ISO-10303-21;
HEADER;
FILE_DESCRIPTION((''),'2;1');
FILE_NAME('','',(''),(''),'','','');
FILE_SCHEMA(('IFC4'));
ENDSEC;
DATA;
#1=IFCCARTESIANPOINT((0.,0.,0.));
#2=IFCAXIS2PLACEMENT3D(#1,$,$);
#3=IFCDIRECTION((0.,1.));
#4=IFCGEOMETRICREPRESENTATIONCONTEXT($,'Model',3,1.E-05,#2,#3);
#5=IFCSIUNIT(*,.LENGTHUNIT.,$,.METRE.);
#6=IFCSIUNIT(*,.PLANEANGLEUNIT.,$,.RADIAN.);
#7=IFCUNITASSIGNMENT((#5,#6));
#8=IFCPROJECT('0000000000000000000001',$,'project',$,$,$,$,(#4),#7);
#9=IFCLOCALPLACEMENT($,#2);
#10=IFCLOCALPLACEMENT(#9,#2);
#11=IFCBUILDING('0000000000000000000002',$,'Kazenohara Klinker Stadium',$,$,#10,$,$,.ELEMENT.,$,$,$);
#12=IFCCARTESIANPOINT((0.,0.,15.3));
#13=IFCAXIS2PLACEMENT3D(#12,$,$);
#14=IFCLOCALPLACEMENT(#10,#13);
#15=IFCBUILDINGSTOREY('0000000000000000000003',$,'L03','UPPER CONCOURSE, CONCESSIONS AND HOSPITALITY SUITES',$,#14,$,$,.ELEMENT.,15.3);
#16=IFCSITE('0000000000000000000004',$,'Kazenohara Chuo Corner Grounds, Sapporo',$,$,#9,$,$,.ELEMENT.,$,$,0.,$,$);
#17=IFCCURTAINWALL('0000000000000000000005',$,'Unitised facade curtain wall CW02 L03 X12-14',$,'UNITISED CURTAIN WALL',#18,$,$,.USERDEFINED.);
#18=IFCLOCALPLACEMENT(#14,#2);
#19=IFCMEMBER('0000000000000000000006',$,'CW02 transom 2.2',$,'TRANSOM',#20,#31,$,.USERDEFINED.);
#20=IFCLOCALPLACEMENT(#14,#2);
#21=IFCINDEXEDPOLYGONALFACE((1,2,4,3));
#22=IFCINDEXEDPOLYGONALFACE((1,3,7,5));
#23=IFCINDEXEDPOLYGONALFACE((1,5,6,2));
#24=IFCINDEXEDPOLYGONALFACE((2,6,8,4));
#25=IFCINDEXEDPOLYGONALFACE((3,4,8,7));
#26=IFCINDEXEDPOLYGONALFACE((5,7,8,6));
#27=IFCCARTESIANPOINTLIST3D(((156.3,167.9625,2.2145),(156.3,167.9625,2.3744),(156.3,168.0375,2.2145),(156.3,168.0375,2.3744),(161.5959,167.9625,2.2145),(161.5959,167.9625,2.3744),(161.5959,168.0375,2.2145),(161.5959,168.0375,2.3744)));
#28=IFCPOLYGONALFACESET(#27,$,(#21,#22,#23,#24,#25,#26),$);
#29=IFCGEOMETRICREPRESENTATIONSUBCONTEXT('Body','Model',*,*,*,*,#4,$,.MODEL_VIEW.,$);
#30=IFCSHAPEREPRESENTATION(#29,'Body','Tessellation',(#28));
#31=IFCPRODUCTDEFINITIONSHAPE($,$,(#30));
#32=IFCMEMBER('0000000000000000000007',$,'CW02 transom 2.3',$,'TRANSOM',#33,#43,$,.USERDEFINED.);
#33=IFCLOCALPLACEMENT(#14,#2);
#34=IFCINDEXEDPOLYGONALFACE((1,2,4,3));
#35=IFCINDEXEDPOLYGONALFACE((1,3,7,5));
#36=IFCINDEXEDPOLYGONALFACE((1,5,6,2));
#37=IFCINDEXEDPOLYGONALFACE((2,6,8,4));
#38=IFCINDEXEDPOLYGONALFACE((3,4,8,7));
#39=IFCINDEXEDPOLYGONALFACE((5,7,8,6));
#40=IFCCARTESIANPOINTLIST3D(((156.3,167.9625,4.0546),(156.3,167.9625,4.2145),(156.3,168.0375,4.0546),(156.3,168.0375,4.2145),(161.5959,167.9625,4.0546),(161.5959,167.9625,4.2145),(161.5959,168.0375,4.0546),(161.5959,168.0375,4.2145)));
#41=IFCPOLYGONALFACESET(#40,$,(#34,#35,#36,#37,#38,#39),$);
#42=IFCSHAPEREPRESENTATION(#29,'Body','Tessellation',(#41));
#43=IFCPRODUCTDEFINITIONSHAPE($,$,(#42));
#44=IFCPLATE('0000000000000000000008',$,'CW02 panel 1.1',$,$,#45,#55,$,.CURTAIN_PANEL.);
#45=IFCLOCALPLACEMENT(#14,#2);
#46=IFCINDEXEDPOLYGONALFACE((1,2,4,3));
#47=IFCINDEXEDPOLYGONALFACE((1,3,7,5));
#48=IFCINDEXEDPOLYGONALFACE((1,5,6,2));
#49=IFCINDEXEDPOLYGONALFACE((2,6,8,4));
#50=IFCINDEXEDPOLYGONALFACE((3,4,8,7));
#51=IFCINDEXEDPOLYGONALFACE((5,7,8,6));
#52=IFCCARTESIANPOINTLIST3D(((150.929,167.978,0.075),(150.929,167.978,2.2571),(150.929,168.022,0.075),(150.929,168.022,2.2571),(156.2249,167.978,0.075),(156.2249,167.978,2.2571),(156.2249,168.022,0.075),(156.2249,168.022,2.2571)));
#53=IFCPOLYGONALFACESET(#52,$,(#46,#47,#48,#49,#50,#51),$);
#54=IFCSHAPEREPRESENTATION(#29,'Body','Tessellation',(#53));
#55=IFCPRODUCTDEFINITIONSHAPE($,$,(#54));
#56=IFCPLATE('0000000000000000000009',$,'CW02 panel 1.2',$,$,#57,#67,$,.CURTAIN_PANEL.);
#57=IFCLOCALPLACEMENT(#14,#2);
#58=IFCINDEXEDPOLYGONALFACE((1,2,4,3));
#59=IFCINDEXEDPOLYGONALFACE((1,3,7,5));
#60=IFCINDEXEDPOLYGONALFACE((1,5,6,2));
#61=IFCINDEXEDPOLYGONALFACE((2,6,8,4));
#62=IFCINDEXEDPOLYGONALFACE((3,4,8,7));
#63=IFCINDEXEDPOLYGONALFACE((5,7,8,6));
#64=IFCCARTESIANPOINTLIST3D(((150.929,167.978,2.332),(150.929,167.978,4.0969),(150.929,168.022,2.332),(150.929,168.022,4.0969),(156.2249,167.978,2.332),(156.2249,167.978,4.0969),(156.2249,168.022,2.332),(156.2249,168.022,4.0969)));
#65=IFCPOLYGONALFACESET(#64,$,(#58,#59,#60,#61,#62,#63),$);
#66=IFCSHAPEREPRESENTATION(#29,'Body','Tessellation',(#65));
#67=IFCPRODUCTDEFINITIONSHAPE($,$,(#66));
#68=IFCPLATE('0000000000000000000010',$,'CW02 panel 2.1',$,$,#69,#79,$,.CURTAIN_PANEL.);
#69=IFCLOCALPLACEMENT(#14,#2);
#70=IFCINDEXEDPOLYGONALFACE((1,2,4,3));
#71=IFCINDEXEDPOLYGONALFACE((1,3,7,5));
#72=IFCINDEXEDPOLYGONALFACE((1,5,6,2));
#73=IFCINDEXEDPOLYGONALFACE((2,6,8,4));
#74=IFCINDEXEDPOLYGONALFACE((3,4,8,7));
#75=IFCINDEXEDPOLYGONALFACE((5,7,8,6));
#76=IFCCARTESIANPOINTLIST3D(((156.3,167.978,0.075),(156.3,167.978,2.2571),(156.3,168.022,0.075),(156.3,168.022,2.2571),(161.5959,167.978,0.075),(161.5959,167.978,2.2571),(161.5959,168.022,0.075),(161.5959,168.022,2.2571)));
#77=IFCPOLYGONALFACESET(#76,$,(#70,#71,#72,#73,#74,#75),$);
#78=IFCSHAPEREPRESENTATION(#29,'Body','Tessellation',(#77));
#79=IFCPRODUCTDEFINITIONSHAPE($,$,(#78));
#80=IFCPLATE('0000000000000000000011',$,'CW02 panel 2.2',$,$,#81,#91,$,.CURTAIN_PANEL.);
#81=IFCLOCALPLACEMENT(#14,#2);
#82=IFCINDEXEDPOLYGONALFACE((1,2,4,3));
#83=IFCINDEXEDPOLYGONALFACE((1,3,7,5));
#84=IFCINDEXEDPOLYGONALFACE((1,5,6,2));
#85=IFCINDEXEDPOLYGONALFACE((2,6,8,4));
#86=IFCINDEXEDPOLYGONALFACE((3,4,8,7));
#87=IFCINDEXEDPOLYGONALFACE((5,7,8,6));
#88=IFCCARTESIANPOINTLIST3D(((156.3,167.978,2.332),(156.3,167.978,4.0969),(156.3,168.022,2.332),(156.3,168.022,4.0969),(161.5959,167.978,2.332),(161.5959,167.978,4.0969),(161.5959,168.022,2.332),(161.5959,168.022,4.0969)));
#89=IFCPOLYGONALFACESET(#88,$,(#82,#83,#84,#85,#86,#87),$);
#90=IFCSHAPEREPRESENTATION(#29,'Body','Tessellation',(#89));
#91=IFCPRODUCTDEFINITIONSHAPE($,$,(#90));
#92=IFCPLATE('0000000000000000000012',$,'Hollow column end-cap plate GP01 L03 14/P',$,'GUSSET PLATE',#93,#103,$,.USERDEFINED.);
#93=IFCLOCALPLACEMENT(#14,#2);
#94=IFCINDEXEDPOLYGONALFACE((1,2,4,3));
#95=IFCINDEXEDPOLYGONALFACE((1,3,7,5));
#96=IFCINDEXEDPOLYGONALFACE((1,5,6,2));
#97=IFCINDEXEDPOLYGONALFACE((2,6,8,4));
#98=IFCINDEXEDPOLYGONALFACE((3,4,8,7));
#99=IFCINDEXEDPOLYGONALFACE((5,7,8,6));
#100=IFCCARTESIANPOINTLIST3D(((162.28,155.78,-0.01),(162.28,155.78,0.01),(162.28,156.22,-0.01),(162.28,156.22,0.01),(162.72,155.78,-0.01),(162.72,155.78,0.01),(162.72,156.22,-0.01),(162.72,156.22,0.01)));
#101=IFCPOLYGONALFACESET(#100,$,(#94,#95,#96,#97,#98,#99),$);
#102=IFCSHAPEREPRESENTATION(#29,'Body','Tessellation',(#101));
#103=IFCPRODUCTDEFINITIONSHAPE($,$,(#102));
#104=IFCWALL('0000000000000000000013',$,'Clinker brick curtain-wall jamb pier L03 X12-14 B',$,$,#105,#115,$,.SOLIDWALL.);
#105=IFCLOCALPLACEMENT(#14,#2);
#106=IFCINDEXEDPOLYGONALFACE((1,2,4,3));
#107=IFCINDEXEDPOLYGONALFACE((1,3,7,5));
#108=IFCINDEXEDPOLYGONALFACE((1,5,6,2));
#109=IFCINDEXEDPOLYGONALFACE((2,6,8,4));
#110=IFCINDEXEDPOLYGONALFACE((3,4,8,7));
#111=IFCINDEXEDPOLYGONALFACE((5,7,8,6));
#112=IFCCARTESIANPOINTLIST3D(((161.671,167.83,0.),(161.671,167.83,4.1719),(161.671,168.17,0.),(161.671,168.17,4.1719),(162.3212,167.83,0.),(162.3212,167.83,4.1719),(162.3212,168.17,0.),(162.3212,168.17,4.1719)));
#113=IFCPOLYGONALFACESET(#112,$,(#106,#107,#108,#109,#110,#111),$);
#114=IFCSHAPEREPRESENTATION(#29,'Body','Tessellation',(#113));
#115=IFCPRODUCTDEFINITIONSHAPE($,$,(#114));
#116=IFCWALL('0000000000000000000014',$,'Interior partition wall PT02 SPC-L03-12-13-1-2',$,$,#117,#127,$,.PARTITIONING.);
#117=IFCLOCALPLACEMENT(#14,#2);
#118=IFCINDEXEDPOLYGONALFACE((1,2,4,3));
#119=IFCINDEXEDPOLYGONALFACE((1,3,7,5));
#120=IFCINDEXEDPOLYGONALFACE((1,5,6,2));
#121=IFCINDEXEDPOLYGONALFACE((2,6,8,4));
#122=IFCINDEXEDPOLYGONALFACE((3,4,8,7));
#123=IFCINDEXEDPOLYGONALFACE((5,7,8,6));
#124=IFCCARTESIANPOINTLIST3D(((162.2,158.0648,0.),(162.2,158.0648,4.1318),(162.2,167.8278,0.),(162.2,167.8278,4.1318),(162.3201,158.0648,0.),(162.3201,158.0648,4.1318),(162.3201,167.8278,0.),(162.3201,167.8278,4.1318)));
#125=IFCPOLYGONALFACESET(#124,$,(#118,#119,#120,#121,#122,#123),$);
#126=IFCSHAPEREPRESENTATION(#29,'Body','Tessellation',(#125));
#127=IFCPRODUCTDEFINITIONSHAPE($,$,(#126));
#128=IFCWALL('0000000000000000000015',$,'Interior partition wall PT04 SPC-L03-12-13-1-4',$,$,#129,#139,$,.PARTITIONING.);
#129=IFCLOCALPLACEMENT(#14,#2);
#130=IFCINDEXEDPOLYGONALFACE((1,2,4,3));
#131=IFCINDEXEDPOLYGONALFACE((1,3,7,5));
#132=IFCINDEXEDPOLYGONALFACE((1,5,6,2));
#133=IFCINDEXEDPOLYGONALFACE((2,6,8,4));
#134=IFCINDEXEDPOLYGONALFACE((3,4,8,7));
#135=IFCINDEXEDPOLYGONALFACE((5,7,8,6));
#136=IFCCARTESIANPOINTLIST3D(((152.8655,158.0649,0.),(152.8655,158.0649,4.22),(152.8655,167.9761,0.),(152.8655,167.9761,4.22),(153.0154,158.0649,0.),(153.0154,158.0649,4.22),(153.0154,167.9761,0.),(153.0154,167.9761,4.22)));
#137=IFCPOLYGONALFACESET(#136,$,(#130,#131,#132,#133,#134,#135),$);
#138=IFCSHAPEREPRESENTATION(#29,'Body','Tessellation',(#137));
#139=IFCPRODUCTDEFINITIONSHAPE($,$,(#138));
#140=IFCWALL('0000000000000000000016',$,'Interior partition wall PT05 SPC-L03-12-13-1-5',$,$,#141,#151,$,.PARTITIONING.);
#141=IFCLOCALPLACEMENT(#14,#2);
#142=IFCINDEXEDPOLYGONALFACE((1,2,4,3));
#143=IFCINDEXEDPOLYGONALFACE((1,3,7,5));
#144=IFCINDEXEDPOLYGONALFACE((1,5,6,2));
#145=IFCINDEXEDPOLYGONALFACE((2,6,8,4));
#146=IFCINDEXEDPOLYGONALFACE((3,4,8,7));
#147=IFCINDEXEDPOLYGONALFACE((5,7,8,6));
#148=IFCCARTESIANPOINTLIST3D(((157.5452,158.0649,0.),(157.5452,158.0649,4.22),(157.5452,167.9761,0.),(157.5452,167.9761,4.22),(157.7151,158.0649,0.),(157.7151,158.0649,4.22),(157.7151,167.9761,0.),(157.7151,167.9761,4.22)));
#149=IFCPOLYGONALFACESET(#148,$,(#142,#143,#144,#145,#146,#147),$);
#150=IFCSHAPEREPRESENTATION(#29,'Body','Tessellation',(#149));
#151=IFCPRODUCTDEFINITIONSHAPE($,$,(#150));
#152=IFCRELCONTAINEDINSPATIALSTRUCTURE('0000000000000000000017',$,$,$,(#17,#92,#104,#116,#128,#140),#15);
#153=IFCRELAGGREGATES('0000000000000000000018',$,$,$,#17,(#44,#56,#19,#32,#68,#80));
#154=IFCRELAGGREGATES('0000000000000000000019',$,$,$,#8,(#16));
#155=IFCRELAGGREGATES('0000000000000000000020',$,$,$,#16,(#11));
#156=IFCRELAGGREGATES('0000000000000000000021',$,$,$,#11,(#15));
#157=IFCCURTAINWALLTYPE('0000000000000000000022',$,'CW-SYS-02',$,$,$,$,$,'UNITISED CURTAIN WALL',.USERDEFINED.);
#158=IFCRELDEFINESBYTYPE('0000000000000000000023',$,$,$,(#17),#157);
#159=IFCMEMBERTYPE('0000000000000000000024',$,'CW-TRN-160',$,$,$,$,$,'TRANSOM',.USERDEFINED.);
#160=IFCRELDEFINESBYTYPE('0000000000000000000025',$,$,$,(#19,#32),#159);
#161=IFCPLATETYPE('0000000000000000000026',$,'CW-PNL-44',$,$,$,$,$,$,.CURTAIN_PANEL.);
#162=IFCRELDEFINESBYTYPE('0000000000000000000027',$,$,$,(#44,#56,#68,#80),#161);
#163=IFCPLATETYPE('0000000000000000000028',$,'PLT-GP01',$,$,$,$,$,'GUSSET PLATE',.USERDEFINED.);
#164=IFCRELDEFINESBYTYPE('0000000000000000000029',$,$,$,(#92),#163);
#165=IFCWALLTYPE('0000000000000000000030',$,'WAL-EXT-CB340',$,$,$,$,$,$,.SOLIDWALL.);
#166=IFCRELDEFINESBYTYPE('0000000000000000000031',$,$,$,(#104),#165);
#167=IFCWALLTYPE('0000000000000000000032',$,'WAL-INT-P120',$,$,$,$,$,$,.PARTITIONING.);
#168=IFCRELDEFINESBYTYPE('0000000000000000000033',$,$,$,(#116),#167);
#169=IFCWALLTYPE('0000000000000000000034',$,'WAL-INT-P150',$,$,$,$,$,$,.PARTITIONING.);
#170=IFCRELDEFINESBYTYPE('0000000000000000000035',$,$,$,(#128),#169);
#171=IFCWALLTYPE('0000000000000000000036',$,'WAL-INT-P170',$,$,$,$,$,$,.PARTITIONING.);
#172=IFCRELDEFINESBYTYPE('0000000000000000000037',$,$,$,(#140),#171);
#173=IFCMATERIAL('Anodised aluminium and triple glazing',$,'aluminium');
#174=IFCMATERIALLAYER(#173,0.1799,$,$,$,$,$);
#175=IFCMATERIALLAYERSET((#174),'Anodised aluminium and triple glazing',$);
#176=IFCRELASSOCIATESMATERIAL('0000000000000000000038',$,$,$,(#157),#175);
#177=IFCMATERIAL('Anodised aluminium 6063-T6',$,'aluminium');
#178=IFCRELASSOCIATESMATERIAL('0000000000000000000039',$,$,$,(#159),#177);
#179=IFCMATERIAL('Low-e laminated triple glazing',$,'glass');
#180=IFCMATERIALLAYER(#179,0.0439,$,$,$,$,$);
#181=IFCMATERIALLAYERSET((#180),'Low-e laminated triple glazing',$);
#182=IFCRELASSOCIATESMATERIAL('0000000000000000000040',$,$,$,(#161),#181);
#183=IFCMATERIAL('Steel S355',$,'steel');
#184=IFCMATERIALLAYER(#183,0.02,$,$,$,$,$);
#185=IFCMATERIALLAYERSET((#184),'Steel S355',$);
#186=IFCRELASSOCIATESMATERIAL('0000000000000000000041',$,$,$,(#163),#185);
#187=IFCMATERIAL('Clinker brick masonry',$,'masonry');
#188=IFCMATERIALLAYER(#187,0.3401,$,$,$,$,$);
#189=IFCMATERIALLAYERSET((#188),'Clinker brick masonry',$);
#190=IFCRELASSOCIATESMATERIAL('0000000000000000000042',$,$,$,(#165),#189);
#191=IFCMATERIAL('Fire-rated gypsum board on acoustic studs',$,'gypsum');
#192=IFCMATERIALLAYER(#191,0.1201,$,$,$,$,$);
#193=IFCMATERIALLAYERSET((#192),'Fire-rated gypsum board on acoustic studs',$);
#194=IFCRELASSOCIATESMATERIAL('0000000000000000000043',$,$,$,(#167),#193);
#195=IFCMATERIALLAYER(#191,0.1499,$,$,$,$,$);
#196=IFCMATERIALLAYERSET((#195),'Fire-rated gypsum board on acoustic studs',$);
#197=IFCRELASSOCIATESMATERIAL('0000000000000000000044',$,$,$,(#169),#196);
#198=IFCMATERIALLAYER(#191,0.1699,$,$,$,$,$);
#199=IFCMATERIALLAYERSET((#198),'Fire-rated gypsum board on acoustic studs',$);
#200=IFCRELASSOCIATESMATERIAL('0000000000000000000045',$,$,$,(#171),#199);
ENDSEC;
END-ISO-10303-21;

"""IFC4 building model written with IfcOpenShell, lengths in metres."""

from ifc_helpers import new_model, si_unit, direction, frame, frame_2d, origin, origin_2d, place, context, subcontext, project, spatial, rectangle, extrude, material, layer, layer_set, material_profile, profile_set, type_object, element, aggregate, save


model = new_model("IFC4")

# Units and contexts
model_context = context("Model", 3, precision=1e-05, world=origin(), true_north=direction((0.0, 1.0)))
body_context = subcontext(model_context, "Body", "Model", "MODEL_VIEW")
ifc_project = project(units=[si_unit("LENGTHUNIT", "METRE"), si_unit("PLANEANGLEUNIT", "RADIAN")], contexts=[model_context])

# Site, building, storey
site_placement = place(None, origin())
site = spatial("IfcSite", under=ifc_project, at=site_placement, Name="Kazenohara Chuo Corner Grounds, Sapporo", CompositionType="ELEMENT", RefElevation=0.0)
building_placement = place(site_placement, origin())
building = spatial("IfcBuilding", under=site, at=building_placement, Name="Kazenohara Klinker Stadium", CompositionType="ELEMENT")
storey_placement = place(building_placement, frame((0.0, 0.0, 15.3)))
storey = spatial("IfcBuildingStorey", under=building, at=storey_placement, Name="L03", Description="UPPER CONCOURSE, CONCESSIONS AND HOSPITALITY SUITES", CompositionType="ELEMENT", Elevation=15.3)

# Shared definitions
ifc_material_1 = material(Name="Steel S355", Category="steel")

# Curtain wall, members, plates
ifc_material_2 = material(Name="Anodised aluminium and triple glazing", Category="aluminium")
ifc_layer_1 = layer(ifc_material_2, 0.1799)
ifc_layer_set_1 = layer_set([ifc_layer_1], Name="Anodised aluminium and triple glazing")
curtain_wall_type = type_object("IfcCurtainWallType", Name="CW-SYS-02", ElementType="UNITISED CURTAIN WALL", PredefinedType="USERDEFINED", material=ifc_layer_set_1)
curtain_wall_placement = place(storey_placement, origin())
curtain_wall = element("IfcCurtainWall", 1, at=curtain_wall_placement, inside=storey, type_object=curtain_wall_type, Name="Unitised facade curtain wall CW02 L03 X12-14", ObjectType="UNITISED CURTAIN WALL", PredefinedType="USERDEFINED")
ifc_material_3 = material(Name="Anodised aluminium 6063-T6", Category="aluminium")
ifc_material_profile_1 = material_profile(ifc_material_3, rectangle(XDim=0.075, YDim=0.1599, at=origin_2d()), Name="ALU-TRN-75x160")
ifc_profile_set_1 = profile_set([ifc_material_profile_1], Name="Anodised aluminium 6063-T6")
member_type_1 = type_object("IfcMemberType", Name="CW-TRN-160", ElementType="TRANSOM", PredefinedType="USERDEFINED", material=ifc_profile_set_1)
member_1_placement = place(storey_placement, frame((156.3, 168.0, 2.2944), z_axis=(1.0, 0.0, 0.0), x_axis=(0.0, 1.0, 0.0)))
member_1 = element("IfcMember", 2, at=member_1_placement, type_object=member_type_1, Name="CW02 transom 2.2", ObjectType="TRANSOM", PredefinedType="USERDEFINED", context=body_context, shape_type="SweptSolid", body=[
    extrude(rectangle(XDim=0.075, YDim=0.1599, at=origin_2d()), origin(), (0.0, 0.0, 1.0), 5.2959),
])
member_2_placement = place(storey_placement, frame((156.3, 168.0, 4.1345), z_axis=(1.0, 0.0, 0.0), x_axis=(0.0, 1.0, 0.0)))
member_2 = element("IfcMember", 3, at=member_2_placement, type_object=member_type_1, Name="CW02 transom 2.3", ObjectType="TRANSOM", PredefinedType="USERDEFINED", context=body_context, shape_type="SweptSolid", body=[
    extrude(rectangle(XDim=0.075, YDim=0.1599, at=origin_2d()), origin(), (0.0, 0.0, 1.0), 5.2959),
])
ifc_material_4 = material(Name="Low-e laminated triple glazing", Category="glass")
ifc_layer_2 = layer(ifc_material_4, 0.0439)
ifc_layer_set_2 = layer_set([ifc_layer_2], Name="Low-e laminated triple glazing")
plate_type_1 = type_object("IfcPlateType", Name="CW-PNL-44", PredefinedType="CURTAIN_PANEL", material=ifc_layer_set_2)
plate_1_placement = place(storey_placement, frame((153.5769, 168.0, 0.075), z_axis=(0.0, 0.0, 1.0), x_axis=(1.0, 0.0, 0.0)))
plate_1 = element("IfcPlate", 4, at=plate_1_placement, type_object=plate_type_1, Name="CW02 panel 1.1", PredefinedType="CURTAIN_PANEL", context=body_context, shape_type="SweptSolid", body=[
    extrude(rectangle(XDim=5.2959, YDim=0.0439, at=origin_2d()), origin(), (0.0, 0.0, 1.0), 2.1821),
])
plate_2_placement = place(storey_placement, frame((153.5769, 168.0, 2.332), z_axis=(0.0, 0.0, 1.0), x_axis=(1.0, 0.0, 0.0)))
plate_2 = element("IfcPlate", 5, at=plate_2_placement, type_object=plate_type_1, Name="CW02 panel 1.2", PredefinedType="CURTAIN_PANEL", context=body_context, shape_type="SweptSolid", body=[
    extrude(rectangle(XDim=5.2959, YDim=0.0439, at=origin_2d()), origin(), (0.0, 0.0, 1.0), 1.7649),
])
plate_3_placement = place(storey_placement, frame((158.948, 168.0, 0.075), z_axis=(0.0, 0.0, 1.0), x_axis=(1.0, 0.0, 0.0)))
plate_3 = element("IfcPlate", 6, at=plate_3_placement, type_object=plate_type_1, Name="CW02 panel 2.1", PredefinedType="CURTAIN_PANEL", context=body_context, shape_type="SweptSolid", body=[
    extrude(rectangle(XDim=5.2959, YDim=0.0439, at=origin_2d()), origin(), (0.0, 0.0, 1.0), 2.1821),
])
plate_4_placement = place(storey_placement, frame((158.948, 168.0, 2.332), z_axis=(0.0, 0.0, 1.0), x_axis=(1.0, 0.0, 0.0)))
plate_4 = element("IfcPlate", 7, at=plate_4_placement, type_object=plate_type_1, Name="CW02 panel 2.2", PredefinedType="CURTAIN_PANEL", context=body_context, shape_type="SweptSolid", body=[
    extrude(rectangle(XDim=5.2959, YDim=0.0439, at=origin_2d()), origin(), (0.0, 0.0, 1.0), 1.7649),
])
aggregate(curtain_wall, [plate_1, plate_2, member_1, member_2, plate_3, plate_4])

# Plate
ifc_layer_3 = layer(ifc_material_1, 0.02)
ifc_layer_set_3 = layer_set([ifc_layer_3], Name="Steel S355")
plate_type_2 = type_object("IfcPlateType", Name="PLT-GP01", ElementType="GUSSET PLATE", PredefinedType="USERDEFINED", material=ifc_layer_set_3)
plate_5_placement = place(storey_placement, frame((162.5, 156.0, -0.01), z_axis=(0.0, 0.0, 1.0), x_axis=(1.0, 0.0, 0.0)))
element("IfcPlate", 8, at=plate_5_placement, inside=storey, type_object=plate_type_2, Name="Hollow column end-cap plate GP01 L03 14/P", ObjectType="GUSSET PLATE", PredefinedType="USERDEFINED", context=body_context, shape_type="SweptSolid", body=[
    extrude(rectangle(XDim=0.4399, YDim=0.4399, at=origin_2d()), origin(), (0.0, 0.0, 1.0), 0.02),
])

# Walls
ifc_material_5 = material(Name="Clinker brick masonry", Category="masonry")
ifc_layer_4 = layer(ifc_material_5, 0.3401)
ifc_layer_set_4 = layer_set([ifc_layer_4], Name="Clinker brick masonry")
wall_type_1 = type_object("IfcWallType", Name="WAL-EXT-CB340", PredefinedType="SOLIDWALL", material=ifc_layer_set_4)
wall_1_placement = place(storey_placement, frame((161.6709, 168.0, 0.0), z_axis=(0.0, 0.0, 1.0), x_axis=(1.0, 0.0, 0.0)))
element("IfcWall", 9, at=wall_1_placement, inside=storey, type_object=wall_type_1, Name="Clinker brick curtain-wall jamb pier L03 X12-14 B", PredefinedType="SOLIDWALL", context=body_context, shape_type="SweptSolid", body=[
    extrude(rectangle(XDim=0.6501, YDim=0.3401, at=frame_2d((0.3252, 0.0))), origin(), (0.0, 0.0, 1.0), 4.1719),
])
ifc_material_6 = material(Name="Fire-rated gypsum board on acoustic studs", Category="gypsum")
ifc_layer_5 = layer(ifc_material_6, 0.1201)
ifc_layer_set_5 = layer_set([ifc_layer_5], Name="Fire-rated gypsum board on acoustic studs")
wall_type_2 = type_object("IfcWallType", Name="WAL-INT-P120", PredefinedType="PARTITIONING", material=ifc_layer_set_5)
wall_2_placement = place(storey_placement, frame((162.26, 158.0649, 0.0), z_axis=(0.0, 0.0, 1.0), x_axis=(0.0, 1.0, 0.0)))
element("IfcWall", 10, at=wall_2_placement, inside=storey, type_object=wall_type_2, Name="Interior partition wall PT02 SPC-L03-12-13-1-2", PredefinedType="PARTITIONING", context=body_context, shape_type="SweptSolid", body=[
    extrude(rectangle(XDim=9.7629, YDim=0.1201, at=frame_2d((4.8813, 0.0))), origin(), (0.0, 0.0, 1.0), 4.1318),
])
ifc_layer_6 = layer(ifc_material_6, 0.1499)
ifc_layer_set_6 = layer_set([ifc_layer_6], Name="Fire-rated gypsum board on acoustic studs")
wall_type_3 = type_object("IfcWallType", Name="WAL-INT-P150", PredefinedType="PARTITIONING", material=ifc_layer_set_6)
wall_3_placement = place(storey_placement, frame((152.9404, 158.0649, 0.0), z_axis=(0.0, 0.0, 1.0), x_axis=(0.0, 1.0, 0.0)))
element("IfcWall", 11, at=wall_3_placement, inside=storey, type_object=wall_type_3, Name="Interior partition wall PT04 SPC-L03-12-13-1-4", PredefinedType="PARTITIONING", context=body_context, shape_type="SweptSolid", body=[
    extrude(rectangle(XDim=9.9111, YDim=0.1499, at=frame_2d((4.9556, 0.0))), origin(), (0.0, 0.0, 1.0), 4.22),
])
ifc_layer_7 = layer(ifc_material_6, 0.1699)
ifc_layer_set_7 = layer_set([ifc_layer_7], Name="Fire-rated gypsum board on acoustic studs")
wall_type_4 = type_object("IfcWallType", Name="WAL-INT-P170", PredefinedType="PARTITIONING", material=ifc_layer_set_7)
wall_4_placement = place(storey_placement, frame((157.6301, 158.0649, 0.0), z_axis=(0.0, 0.0, 1.0), x_axis=(0.0, 1.0, 0.0)))
element("IfcWall", 12, at=wall_4_placement, inside=storey, type_object=wall_type_4, Name="Interior partition wall PT05 SPC-L03-12-13-1-5", PredefinedType="PARTITIONING", context=body_context, shape_type="SweptSolid", body=[
    extrude(rectangle(XDim=9.9111, YDim=0.1699, at=frame_2d((4.9556, 0.0))), origin(), (0.0, 0.0, 1.0), 4.22),
])

save(model, "model.ifc")
